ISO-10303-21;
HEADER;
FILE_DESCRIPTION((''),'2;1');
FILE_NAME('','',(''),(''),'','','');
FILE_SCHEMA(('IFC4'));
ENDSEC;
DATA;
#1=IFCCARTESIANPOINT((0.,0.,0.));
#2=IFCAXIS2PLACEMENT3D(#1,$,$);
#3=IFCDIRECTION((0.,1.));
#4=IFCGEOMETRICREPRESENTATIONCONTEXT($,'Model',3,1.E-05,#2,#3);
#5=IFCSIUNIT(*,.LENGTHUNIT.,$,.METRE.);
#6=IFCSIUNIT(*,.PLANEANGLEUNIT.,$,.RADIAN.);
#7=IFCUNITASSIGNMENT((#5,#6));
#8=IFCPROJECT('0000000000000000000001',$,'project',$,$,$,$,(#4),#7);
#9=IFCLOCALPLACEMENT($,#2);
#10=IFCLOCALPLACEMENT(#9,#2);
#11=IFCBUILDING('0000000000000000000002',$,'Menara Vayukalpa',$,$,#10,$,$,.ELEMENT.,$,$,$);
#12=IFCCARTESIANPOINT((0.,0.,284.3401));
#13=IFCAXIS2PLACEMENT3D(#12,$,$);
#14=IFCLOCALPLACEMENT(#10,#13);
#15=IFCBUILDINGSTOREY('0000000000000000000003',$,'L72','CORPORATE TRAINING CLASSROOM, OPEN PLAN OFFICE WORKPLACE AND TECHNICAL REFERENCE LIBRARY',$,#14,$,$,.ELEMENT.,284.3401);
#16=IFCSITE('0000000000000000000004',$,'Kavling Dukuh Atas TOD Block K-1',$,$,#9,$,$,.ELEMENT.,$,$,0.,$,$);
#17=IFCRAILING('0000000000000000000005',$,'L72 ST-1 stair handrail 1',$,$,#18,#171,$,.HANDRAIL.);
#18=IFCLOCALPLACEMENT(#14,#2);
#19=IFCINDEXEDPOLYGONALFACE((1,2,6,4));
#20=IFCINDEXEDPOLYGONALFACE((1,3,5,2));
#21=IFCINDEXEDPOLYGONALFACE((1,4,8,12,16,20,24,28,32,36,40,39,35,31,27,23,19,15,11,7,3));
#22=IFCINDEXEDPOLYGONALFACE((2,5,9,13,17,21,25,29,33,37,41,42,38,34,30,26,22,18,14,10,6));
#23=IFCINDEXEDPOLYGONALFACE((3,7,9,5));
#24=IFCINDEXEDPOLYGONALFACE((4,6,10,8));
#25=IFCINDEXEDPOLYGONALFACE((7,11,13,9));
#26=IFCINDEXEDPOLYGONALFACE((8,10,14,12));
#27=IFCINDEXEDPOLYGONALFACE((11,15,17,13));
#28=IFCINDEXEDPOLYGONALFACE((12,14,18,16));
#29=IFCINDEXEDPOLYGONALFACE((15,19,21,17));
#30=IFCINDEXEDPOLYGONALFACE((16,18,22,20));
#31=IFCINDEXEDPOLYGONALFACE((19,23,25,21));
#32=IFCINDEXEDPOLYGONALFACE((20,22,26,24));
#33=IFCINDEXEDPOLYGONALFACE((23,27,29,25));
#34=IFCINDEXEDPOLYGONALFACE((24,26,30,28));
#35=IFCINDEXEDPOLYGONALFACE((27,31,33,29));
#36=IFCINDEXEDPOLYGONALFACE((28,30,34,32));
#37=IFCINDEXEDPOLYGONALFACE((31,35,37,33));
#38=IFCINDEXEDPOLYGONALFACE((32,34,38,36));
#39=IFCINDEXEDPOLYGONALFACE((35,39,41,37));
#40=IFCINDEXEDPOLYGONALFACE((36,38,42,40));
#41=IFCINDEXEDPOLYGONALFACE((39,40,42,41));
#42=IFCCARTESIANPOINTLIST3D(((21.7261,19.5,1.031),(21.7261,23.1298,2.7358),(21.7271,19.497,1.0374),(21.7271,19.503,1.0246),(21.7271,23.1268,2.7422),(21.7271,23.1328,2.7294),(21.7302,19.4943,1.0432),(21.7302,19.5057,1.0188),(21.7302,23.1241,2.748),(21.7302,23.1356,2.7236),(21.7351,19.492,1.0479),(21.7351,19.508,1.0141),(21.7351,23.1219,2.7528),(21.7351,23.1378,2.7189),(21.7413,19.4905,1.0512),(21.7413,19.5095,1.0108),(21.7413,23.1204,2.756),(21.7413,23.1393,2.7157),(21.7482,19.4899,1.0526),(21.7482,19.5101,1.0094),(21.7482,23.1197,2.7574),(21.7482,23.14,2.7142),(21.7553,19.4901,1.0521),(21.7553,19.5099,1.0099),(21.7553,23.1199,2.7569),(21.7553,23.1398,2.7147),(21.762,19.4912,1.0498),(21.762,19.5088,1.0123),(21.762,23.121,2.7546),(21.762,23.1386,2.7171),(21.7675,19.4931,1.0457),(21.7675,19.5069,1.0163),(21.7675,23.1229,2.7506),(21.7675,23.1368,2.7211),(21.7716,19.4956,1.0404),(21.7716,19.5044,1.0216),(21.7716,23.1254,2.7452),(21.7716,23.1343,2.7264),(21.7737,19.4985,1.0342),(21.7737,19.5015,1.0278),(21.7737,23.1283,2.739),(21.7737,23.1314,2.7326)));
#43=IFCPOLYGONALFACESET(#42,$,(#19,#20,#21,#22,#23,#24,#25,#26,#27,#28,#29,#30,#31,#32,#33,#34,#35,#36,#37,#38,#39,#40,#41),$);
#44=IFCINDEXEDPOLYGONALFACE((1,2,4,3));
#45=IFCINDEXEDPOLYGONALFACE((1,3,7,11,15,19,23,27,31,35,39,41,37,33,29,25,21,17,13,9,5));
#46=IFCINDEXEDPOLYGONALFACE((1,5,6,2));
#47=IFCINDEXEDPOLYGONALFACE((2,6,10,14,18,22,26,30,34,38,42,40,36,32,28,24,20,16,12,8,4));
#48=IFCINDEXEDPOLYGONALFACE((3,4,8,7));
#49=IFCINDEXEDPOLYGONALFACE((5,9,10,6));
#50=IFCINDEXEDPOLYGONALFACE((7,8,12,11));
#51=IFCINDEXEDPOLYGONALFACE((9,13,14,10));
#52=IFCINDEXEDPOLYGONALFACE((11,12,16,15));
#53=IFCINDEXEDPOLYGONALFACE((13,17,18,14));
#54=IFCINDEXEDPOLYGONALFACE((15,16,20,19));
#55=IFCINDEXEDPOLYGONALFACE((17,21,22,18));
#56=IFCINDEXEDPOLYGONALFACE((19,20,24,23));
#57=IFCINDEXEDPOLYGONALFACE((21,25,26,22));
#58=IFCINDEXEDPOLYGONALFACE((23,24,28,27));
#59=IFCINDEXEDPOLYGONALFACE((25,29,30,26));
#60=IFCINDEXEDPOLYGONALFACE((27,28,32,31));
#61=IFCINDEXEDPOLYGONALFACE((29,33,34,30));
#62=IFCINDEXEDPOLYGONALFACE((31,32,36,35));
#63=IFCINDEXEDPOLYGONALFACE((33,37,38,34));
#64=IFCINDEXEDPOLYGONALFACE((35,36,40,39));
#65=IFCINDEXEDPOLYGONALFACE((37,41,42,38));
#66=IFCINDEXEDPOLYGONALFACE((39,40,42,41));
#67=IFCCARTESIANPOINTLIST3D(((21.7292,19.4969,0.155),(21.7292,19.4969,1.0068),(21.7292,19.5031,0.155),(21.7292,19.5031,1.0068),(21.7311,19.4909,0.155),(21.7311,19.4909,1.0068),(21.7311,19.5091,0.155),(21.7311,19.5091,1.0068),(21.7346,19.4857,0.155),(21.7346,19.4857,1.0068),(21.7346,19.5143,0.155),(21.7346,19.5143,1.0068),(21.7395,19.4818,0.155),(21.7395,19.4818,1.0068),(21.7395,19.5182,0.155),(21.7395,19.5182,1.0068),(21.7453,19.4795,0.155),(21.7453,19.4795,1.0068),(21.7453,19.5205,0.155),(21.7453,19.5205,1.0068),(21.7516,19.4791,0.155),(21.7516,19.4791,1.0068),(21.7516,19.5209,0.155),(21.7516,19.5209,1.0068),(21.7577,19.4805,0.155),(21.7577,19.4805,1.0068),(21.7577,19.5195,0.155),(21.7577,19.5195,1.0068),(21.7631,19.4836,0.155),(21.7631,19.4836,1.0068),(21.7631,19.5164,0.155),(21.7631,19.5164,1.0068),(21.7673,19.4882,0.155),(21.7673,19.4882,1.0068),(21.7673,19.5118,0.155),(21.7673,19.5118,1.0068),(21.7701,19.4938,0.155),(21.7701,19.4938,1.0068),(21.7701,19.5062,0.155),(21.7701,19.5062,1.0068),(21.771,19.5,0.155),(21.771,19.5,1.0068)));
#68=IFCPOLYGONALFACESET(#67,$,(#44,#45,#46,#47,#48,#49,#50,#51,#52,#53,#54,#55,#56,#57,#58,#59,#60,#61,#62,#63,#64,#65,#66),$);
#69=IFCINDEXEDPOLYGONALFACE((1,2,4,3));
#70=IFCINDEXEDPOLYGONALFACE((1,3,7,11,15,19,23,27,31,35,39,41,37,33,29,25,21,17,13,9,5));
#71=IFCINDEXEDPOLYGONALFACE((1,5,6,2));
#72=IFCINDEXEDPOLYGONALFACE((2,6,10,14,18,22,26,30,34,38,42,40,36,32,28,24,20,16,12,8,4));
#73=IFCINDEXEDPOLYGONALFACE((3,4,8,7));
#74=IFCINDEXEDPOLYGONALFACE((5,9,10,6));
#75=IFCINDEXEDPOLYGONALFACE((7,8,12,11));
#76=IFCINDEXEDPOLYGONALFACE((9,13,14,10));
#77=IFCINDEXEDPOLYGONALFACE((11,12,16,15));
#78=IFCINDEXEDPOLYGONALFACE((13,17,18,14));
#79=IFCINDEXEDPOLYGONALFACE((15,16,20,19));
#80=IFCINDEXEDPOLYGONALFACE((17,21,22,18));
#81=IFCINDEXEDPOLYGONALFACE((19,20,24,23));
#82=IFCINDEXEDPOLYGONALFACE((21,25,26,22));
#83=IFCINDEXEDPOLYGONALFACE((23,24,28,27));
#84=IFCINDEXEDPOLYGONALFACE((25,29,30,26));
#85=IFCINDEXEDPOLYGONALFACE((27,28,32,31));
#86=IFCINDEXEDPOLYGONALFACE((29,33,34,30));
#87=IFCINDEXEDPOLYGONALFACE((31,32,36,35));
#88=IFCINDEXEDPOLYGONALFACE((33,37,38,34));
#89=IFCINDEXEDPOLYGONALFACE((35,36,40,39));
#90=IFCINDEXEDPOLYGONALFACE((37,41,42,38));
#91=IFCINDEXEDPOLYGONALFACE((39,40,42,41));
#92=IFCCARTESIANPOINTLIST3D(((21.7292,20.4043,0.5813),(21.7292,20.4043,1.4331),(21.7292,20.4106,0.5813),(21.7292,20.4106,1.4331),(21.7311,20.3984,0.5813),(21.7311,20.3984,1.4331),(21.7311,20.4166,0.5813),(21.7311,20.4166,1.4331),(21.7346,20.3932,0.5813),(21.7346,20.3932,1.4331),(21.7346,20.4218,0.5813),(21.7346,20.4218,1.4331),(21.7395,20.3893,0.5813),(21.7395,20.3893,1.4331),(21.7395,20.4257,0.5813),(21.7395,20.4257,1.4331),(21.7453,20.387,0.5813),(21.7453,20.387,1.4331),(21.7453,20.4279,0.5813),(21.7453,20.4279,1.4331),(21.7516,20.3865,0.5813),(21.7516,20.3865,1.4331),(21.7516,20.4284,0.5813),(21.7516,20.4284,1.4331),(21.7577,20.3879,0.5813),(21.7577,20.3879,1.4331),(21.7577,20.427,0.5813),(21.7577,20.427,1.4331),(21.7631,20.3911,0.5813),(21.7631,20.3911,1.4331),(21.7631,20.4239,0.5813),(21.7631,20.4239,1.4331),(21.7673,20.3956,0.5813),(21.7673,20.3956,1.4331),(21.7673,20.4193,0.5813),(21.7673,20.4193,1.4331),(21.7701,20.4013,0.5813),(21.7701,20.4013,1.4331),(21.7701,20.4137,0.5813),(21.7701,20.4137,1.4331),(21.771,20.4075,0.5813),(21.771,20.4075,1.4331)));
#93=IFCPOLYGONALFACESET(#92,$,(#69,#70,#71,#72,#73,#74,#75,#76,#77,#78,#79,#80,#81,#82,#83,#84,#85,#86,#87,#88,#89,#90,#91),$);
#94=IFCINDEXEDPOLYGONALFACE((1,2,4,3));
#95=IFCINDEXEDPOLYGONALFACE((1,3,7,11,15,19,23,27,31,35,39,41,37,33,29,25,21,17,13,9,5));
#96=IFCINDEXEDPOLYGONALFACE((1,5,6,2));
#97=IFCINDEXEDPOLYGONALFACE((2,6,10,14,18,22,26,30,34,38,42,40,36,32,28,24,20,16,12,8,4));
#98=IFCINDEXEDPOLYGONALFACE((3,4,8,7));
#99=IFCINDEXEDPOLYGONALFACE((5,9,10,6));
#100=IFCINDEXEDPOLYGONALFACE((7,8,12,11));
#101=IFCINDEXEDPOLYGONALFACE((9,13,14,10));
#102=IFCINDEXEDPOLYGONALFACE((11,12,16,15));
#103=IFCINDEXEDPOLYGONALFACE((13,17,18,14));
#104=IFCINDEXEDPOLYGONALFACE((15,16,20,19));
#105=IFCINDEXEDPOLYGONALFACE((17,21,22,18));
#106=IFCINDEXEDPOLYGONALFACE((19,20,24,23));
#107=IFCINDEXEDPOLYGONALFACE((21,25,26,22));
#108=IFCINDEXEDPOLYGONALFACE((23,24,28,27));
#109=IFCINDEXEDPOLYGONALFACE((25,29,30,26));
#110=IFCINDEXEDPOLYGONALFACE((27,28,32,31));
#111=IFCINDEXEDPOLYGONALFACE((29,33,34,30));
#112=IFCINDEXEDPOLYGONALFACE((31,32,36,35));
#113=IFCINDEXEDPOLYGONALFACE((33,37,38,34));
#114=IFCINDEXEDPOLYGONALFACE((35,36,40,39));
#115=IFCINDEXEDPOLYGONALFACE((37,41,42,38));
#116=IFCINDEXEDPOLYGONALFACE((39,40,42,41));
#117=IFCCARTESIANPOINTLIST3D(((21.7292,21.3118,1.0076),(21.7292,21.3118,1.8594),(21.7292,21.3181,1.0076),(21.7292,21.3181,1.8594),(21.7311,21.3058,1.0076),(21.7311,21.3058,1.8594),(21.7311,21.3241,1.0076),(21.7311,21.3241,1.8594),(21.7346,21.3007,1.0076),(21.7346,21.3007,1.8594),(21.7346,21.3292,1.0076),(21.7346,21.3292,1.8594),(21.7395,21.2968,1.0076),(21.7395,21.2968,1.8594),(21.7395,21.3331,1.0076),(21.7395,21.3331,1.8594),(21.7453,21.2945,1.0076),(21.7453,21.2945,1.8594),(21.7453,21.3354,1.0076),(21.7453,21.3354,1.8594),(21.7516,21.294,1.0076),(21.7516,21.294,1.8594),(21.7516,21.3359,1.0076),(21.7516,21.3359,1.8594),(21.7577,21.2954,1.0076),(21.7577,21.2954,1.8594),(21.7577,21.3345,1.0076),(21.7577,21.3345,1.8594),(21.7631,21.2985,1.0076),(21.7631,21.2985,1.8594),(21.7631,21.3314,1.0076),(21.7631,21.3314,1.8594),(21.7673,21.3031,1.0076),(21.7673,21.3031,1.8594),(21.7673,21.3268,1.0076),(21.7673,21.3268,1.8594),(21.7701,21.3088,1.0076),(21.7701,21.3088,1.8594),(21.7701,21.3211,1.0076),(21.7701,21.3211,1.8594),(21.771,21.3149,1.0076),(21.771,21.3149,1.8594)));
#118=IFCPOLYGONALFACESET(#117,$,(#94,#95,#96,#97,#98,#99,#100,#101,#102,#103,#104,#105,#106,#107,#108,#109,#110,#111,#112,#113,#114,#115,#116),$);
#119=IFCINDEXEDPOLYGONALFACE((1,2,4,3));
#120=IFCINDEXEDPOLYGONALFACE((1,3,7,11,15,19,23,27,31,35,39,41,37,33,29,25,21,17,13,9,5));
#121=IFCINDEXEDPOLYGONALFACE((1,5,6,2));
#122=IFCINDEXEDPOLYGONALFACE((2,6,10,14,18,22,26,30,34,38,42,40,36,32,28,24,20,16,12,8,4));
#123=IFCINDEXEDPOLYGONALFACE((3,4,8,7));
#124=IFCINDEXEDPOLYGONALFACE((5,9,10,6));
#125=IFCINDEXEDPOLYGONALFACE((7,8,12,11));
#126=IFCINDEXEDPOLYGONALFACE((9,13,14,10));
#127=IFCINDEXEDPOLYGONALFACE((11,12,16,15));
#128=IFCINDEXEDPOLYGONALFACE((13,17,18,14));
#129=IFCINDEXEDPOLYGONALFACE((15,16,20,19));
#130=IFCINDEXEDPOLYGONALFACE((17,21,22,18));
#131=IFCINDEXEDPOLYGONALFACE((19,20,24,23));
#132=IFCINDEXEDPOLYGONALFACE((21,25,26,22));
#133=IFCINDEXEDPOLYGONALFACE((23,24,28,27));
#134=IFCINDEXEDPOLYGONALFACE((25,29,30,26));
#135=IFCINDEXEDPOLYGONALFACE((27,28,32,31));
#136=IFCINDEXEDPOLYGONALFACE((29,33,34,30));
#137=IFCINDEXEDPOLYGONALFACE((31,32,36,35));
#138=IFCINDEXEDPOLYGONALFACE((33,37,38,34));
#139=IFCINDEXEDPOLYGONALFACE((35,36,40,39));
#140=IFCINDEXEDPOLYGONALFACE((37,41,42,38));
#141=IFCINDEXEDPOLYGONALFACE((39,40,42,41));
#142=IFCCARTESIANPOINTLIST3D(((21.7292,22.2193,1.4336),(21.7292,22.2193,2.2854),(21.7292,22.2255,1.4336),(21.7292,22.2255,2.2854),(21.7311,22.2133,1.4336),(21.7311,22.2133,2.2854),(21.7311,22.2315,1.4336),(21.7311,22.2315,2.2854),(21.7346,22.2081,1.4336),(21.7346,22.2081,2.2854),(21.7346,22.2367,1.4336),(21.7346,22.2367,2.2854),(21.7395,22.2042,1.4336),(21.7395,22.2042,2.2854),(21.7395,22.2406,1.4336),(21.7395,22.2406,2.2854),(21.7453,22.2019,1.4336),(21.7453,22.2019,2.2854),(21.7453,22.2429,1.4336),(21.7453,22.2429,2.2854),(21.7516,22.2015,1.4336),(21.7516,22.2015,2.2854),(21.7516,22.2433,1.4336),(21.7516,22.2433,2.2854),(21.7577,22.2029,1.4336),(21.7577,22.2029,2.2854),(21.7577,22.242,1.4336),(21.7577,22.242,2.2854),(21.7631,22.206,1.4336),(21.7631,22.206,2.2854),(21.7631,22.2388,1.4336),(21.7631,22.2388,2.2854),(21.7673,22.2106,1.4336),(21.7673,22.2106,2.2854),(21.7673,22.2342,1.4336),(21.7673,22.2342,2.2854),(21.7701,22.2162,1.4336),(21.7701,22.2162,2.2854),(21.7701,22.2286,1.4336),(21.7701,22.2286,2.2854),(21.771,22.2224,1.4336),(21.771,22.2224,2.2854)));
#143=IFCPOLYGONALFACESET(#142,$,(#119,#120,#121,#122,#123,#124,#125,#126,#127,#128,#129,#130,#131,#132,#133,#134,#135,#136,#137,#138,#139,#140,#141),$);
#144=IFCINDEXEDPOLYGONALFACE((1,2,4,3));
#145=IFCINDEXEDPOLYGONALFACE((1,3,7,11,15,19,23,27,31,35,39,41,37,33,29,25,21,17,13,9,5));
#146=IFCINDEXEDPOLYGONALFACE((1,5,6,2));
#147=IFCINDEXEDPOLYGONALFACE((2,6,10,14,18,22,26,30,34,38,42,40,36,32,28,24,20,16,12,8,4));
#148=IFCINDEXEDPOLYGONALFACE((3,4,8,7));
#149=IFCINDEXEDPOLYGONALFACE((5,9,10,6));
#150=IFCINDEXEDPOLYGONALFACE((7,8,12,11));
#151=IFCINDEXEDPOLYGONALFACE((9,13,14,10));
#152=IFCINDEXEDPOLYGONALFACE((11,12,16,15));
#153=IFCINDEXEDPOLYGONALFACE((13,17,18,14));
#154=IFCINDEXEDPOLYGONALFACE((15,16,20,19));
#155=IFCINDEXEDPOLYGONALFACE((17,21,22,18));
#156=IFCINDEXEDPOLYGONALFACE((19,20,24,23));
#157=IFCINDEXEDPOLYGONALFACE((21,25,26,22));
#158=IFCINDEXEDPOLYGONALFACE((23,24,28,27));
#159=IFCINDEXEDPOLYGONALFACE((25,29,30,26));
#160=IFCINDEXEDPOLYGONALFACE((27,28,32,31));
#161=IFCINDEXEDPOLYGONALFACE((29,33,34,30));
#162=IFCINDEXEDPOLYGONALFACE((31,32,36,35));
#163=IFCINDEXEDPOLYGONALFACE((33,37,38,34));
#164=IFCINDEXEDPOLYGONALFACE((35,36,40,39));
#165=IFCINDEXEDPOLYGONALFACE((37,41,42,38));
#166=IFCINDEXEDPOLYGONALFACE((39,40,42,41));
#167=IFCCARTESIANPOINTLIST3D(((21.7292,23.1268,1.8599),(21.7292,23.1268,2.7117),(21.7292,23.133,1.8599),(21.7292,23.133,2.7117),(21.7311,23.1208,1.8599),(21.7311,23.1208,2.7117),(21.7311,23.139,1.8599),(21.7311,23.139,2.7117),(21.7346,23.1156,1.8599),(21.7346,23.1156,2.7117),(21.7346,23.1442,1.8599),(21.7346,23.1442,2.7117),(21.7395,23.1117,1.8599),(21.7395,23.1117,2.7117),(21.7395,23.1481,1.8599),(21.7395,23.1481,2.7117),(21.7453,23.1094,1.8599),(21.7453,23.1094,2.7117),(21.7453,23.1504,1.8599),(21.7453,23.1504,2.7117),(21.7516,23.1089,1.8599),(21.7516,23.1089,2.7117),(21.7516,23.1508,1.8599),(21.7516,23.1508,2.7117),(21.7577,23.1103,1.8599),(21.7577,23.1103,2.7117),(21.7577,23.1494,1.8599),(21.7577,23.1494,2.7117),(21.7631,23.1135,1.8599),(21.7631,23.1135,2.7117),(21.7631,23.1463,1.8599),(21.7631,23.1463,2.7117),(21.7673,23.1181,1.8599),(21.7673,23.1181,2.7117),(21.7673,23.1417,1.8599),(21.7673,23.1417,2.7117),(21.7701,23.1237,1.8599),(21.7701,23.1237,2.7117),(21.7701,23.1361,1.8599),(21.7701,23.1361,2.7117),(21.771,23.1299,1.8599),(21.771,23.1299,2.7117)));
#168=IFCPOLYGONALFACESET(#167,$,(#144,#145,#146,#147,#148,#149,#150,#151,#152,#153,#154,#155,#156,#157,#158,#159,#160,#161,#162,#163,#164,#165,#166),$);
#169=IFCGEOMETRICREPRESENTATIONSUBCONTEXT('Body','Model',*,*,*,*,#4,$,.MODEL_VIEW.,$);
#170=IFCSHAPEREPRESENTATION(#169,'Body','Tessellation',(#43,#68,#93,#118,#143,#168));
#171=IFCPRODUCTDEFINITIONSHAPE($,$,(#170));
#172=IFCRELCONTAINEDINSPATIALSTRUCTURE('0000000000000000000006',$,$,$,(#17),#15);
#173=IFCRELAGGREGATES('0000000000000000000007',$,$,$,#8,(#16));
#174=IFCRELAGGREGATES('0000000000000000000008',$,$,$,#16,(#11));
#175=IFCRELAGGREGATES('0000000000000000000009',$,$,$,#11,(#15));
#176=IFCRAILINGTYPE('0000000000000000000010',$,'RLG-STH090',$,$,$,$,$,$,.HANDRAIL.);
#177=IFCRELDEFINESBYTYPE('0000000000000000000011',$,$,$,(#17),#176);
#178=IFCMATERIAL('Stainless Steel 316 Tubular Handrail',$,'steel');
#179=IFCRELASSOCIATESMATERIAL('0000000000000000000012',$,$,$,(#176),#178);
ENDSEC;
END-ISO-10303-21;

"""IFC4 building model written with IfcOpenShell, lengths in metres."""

from ifc_helpers import new_model, si_unit, direction, frame, origin, origin_2d, place, context, subcontext, project, spatial, circle, extrude, material, type_object, element, save


model = new_model("IFC4")

# Units and contexts
model_context = context("Model", 3, precision=1e-05, world=origin(), true_north=direction((0.0, 1.0)))
body_context = subcontext(model_context, "Body", "Model", "MODEL_VIEW")
ifc_project = project(units=[si_unit("LENGTHUNIT", "METRE"), si_unit("PLANEANGLEUNIT", "RADIAN")], contexts=[model_context])

# Site, building, storey
site_placement = place(None, origin())
site = spatial("IfcSite", under=ifc_project, at=site_placement, Name="Kavling Dukuh Atas TOD Block K-1", CompositionType="ELEMENT", RefElevation=0.0)
building_placement = place(site_placement, origin())
building = spatial("IfcBuilding", under=site, at=building_placement, Name="Menara Vayukalpa", CompositionType="ELEMENT")
storey_placement = place(building_placement, frame((0.0, 0.0, 284.3401)))
storey = spatial("IfcBuildingStorey", under=building, at=storey_placement, Name="L72", Description="CORPORATE TRAINING CLASSROOM, OPEN PLAN OFFICE WORKPLACE AND TECHNICAL REFERENCE LIBRARY", CompositionType="ELEMENT", Elevation=284.3401)

# Railing
ifc_material_1 = material(Name="Stainless Steel 316 Tubular Handrail", Category="steel")
railing_type_1 = type_object("IfcRailingType", Name="RLG-STH090", PredefinedType="HANDRAIL", material=ifc_material_1)
railing_1_placement = place(storey_placement, frame((21.75, 19.5, 0.155)))
element("IfcRailing", 1, at=railing_1_placement, inside=storey, type_object=railing_type_1, Name="L72 ST-1 stair handrail 1", PredefinedType="HANDRAIL", context=body_context, shape_type="SweptSolid", body=[
    extrude(circle(Radius=0.0239, at=origin_2d()), frame((0.0, 0.0, 0.876), z_axis=(0.0, 0.90514, 0.425114), x_axis=(-1.0, 0.0, 0.0)), (0.0, 0.0, 1.0), 4.0103),
    extrude(circle(Radius=0.021, at=origin_2d()), origin(), (0.0, 0.0, 1.0), 0.8518),
    extrude(circle(Radius=0.021, at=origin_2d()), frame((0.0, 0.9075, 0.4263)), (0.0, 0.0, 1.0), 0.8518),
    extrude(circle(Radius=0.021, at=origin_2d()), frame((0.0, 1.8149, 0.8525)), (0.0, 0.0, 1.0), 0.8518),
    extrude(circle(Radius=0.021, at=origin_2d()), frame((0.0, 2.7224, 1.2786)), (0.0, 0.0, 1.0), 0.8518),
    extrude(circle(Radius=0.021, at=origin_2d()), frame((0.0, 3.6299, 1.7048)), (0.0, 0.0, 1.0), 0.8518),
])

save(model, "model.ifc")
